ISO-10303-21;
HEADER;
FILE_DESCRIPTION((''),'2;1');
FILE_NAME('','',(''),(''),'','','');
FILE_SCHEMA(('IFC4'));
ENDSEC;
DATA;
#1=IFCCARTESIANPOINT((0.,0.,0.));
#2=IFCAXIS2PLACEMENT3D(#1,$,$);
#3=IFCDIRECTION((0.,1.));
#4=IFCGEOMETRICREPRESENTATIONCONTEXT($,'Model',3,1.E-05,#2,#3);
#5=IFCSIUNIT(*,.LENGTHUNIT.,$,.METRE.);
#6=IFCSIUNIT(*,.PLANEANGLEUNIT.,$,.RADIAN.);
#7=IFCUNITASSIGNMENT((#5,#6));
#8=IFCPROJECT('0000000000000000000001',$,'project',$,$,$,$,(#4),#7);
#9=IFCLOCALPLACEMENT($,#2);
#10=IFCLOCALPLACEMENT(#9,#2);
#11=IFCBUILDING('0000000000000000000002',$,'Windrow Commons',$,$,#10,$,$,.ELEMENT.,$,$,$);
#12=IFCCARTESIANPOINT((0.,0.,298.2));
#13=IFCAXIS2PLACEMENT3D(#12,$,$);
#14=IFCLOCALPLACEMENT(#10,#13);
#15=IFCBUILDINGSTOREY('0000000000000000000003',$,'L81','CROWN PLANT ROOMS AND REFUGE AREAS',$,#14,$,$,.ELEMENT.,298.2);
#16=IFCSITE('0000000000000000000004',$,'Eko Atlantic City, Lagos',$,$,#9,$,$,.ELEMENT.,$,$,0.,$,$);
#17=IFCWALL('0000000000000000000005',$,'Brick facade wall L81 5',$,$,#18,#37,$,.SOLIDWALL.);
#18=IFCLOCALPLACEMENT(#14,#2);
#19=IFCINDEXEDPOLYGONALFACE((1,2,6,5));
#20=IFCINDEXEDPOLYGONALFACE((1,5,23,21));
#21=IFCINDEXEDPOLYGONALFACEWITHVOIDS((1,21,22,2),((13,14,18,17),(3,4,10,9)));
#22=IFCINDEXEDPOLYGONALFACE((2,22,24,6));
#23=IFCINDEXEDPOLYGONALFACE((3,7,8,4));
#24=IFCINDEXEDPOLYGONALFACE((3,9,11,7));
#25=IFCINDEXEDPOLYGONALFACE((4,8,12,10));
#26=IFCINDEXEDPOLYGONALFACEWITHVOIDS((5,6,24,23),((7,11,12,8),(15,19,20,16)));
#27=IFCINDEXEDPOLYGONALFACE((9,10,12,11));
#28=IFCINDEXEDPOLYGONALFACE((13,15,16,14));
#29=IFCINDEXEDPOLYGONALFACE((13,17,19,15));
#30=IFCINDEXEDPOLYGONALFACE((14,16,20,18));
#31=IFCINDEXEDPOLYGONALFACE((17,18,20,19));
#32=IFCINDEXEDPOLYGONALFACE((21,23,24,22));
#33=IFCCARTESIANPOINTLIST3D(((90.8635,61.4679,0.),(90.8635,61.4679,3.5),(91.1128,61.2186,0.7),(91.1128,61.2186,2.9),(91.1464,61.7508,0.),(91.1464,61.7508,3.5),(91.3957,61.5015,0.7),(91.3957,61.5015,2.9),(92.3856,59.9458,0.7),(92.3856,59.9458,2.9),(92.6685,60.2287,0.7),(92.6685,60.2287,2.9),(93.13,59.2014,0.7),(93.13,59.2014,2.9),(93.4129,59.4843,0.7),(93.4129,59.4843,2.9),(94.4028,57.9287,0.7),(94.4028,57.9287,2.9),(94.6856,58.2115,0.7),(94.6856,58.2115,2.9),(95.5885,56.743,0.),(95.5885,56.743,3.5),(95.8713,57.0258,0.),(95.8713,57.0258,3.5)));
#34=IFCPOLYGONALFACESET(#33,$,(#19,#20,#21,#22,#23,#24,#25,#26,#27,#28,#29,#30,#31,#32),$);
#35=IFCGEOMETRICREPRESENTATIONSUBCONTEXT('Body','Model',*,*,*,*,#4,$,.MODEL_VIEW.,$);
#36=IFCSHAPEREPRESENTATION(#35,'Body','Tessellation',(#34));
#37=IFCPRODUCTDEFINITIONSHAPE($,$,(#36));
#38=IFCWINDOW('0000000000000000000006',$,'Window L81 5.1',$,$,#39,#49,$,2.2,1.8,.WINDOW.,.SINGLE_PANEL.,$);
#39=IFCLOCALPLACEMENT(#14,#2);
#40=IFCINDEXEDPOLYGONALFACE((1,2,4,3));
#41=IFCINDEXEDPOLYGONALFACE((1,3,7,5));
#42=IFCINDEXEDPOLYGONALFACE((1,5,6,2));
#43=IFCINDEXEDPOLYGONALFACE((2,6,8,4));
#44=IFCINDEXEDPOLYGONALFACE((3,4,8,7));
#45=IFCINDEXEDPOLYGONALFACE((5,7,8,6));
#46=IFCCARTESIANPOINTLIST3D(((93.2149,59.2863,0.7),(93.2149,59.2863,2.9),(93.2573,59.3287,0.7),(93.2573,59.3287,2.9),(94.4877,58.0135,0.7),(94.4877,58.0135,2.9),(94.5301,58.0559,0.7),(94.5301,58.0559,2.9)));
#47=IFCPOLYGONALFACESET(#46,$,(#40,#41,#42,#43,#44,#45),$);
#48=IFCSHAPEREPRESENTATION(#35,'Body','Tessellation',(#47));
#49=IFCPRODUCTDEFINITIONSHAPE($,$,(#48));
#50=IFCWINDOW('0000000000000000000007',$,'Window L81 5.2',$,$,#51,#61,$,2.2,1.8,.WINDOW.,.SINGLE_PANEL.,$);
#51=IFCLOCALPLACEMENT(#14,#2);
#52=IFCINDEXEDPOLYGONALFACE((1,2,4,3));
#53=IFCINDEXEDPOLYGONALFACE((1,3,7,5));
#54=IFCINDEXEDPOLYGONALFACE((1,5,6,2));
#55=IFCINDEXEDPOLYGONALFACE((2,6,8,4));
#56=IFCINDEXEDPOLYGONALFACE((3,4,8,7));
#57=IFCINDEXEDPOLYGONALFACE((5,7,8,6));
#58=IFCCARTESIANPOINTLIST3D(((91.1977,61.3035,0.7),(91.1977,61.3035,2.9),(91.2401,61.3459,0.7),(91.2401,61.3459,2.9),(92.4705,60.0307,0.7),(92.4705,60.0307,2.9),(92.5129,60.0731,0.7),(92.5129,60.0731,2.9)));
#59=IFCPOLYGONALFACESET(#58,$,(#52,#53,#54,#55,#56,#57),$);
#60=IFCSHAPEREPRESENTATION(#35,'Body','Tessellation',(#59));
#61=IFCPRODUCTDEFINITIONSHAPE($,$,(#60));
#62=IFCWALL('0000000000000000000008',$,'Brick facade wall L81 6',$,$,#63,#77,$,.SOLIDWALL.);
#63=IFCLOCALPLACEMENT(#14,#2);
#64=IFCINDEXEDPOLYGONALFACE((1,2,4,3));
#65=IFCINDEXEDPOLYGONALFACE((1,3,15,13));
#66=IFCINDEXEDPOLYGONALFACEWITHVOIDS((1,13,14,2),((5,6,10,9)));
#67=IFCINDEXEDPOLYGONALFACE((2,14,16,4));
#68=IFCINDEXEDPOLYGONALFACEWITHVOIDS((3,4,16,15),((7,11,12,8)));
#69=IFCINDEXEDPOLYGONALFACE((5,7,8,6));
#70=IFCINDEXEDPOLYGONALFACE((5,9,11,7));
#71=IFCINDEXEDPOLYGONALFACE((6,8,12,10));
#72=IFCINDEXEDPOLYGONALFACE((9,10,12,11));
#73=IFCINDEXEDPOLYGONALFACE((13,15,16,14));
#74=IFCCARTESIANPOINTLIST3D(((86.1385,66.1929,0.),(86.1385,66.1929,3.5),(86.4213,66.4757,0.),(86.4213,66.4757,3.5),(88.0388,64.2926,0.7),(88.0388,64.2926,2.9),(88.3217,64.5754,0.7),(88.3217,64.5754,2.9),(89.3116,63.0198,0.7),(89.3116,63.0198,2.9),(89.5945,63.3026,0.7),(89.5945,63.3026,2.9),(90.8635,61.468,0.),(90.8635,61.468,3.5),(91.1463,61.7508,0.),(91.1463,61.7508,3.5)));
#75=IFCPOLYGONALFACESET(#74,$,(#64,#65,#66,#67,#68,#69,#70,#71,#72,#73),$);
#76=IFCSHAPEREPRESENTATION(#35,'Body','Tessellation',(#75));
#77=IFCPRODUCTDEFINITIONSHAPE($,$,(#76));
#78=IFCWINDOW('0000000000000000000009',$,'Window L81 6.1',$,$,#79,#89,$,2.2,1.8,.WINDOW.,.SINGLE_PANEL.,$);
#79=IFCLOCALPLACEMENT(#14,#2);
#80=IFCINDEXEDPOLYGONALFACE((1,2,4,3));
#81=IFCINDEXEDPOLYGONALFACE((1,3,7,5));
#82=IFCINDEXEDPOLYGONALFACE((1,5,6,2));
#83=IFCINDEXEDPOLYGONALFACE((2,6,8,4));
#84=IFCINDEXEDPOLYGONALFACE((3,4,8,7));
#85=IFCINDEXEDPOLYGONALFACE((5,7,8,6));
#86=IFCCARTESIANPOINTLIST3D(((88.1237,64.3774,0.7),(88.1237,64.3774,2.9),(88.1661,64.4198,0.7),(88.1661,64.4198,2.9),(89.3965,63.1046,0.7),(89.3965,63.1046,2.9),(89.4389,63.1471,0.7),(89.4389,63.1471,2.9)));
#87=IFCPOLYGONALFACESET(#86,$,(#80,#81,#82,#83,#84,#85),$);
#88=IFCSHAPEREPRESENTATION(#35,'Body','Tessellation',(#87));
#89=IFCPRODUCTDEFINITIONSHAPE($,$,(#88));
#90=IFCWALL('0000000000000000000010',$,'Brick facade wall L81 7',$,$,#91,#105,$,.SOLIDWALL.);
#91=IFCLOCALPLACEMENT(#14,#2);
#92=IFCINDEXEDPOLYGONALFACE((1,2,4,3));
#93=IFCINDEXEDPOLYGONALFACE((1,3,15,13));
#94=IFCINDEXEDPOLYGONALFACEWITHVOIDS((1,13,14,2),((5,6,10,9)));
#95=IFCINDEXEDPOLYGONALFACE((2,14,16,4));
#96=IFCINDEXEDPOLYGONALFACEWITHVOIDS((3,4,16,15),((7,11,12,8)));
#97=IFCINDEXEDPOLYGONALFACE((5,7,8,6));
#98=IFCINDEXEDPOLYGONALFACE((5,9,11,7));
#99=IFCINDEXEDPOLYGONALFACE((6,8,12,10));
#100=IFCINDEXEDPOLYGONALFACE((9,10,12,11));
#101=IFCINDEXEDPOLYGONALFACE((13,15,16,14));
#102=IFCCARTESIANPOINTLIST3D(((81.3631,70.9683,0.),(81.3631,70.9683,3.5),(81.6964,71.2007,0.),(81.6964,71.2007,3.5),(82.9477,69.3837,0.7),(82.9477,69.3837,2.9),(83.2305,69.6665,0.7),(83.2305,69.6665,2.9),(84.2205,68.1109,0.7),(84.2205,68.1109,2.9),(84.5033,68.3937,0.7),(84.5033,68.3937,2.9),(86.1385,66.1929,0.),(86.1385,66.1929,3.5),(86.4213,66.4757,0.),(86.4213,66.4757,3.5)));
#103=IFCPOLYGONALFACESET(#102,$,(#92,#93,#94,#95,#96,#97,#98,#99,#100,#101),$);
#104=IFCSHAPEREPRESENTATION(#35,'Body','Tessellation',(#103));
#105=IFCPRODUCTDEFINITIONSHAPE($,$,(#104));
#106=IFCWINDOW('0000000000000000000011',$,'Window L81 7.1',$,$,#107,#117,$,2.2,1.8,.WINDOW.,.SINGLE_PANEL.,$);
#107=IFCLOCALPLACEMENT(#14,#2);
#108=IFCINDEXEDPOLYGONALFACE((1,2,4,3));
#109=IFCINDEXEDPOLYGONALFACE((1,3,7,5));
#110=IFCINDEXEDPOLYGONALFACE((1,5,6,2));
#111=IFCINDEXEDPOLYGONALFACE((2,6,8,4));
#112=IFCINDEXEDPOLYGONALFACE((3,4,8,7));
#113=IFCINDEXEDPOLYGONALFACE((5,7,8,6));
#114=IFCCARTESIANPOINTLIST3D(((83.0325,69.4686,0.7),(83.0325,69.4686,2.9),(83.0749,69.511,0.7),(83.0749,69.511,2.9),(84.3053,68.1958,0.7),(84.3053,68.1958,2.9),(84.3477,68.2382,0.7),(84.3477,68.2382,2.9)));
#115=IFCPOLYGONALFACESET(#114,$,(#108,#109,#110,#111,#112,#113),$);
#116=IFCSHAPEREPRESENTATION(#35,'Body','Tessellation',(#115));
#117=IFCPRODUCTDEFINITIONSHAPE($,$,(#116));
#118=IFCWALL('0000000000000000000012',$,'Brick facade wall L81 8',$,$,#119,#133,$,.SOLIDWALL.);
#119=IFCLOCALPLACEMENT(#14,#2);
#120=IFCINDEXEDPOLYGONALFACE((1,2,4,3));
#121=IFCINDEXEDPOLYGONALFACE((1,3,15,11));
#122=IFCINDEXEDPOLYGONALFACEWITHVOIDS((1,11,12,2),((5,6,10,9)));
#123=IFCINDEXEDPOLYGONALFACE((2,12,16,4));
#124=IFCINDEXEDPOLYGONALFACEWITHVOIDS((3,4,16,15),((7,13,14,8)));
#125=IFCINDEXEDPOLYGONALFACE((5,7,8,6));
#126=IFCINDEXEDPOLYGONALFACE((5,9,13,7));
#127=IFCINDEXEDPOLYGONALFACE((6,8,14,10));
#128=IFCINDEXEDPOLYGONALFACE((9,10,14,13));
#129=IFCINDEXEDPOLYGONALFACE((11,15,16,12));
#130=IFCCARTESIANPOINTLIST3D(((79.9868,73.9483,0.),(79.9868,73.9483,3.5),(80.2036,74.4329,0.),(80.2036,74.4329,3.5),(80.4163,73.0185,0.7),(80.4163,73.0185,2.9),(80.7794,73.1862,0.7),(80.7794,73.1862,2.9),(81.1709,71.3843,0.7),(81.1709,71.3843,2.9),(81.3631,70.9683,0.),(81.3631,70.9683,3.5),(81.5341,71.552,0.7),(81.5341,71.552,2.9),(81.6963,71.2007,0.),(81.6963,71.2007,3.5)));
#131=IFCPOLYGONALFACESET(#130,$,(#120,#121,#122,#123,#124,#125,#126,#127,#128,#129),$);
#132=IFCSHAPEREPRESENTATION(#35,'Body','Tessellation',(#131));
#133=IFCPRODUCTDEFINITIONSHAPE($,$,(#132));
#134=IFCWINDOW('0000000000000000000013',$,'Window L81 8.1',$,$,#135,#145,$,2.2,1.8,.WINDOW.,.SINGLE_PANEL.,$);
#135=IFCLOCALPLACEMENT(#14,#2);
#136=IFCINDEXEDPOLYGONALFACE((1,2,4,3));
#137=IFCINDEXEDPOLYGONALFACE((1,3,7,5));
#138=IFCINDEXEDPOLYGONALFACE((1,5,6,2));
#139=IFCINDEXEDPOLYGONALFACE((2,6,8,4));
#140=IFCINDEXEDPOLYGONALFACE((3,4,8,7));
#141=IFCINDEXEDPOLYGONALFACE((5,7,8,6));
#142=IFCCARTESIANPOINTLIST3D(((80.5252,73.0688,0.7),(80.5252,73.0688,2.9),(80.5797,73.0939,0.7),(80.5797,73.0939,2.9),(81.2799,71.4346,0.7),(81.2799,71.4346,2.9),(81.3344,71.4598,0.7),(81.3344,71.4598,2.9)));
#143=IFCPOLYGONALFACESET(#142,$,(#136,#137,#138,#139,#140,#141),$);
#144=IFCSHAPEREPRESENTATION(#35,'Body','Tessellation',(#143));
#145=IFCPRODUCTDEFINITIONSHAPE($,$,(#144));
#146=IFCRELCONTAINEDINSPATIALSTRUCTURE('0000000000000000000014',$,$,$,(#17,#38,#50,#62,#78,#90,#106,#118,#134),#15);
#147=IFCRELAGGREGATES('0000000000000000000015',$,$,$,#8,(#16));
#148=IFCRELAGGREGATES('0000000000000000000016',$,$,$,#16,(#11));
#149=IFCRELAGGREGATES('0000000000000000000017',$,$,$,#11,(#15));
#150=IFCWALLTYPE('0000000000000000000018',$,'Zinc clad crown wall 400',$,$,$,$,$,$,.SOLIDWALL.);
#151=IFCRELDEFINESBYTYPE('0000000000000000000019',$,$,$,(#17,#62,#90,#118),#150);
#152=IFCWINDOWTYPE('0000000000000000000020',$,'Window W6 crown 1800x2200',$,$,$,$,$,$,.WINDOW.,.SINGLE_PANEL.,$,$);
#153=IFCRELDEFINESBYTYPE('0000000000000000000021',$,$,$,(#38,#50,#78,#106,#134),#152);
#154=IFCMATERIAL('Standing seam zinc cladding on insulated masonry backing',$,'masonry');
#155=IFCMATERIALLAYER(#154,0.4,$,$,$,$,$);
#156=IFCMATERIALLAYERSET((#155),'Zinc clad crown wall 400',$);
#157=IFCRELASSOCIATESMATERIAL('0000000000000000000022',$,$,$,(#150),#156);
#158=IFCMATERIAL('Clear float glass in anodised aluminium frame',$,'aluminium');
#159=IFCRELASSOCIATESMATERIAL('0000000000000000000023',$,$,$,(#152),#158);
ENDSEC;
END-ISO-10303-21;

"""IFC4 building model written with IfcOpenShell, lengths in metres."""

from ifc_helpers import new_model, si_unit, direction, frame, frame_2d, origin, place, context, subcontext, project, spatial, polyline, rectangle, outline, extrude, material, layer, layer_set, type_object, element, fill, save


model = new_model("IFC4")

# Units and contexts
model_context = context("Model", 3, precision=1e-05, world=origin(), true_north=direction((0.0, 1.0)))
body_context = subcontext(model_context, "Body", "Model", "MODEL_VIEW")
ifc_project = project(units=[si_unit("LENGTHUNIT", "METRE"), si_unit("PLANEANGLEUNIT", "RADIAN")], contexts=[model_context])

# Site, building, storey
site_placement = place(None, origin())
site = spatial("IfcSite", under=ifc_project, at=site_placement, Name="Eko Atlantic City, Lagos", CompositionType="ELEMENT", RefElevation=0.0)
building_placement = place(site_placement, origin())
building = spatial("IfcBuilding", under=site, at=building_placement, Name="Windrow Commons", CompositionType="ELEMENT")
storey_placement = place(building_placement, frame((0.0, 0.0, 298.2)))
storey = spatial("IfcBuildingStorey", under=building, at=storey_placement, Name="L81", Description="CROWN PLANT ROOMS AND REFUGE AREAS", CompositionType="ELEMENT", Elevation=298.2)

# Wall, openings, windows
ifc_material_1 = material(Name="Standing seam zinc cladding on insulated masonry backing", Category="masonry")
ifc_layer_1 = layer(ifc_material_1, 0.4)
ifc_layer_set_1 = layer_set([ifc_layer_1], Name="Zinc clad crown wall 400")
wall_type_1 = type_object("IfcWallType", Name="Zinc clad crown wall 400", PredefinedType="SOLIDWALL", material=ifc_layer_set_1)
wall_1_placement = place(storey_placement, frame((95.7299, 56.8844, 0.0), z_axis=(0.0, 0.0, 1.0), x_axis=(-0.707107, 0.707107, 0.0)))
wall_1 = element("IfcWall", 1, at=wall_1_placement, inside=storey, type_object=wall_type_1, Name="Brick facade wall L81 5", PredefinedType="SOLIDWALL", context=body_context, shape_type="SweptSolid", body=[
    extrude(outline(polyline([(0.0, -0.2), (6.6821, -0.2), (6.6821, 0.2), (0.0, 0.2), (0.0, -0.2)])), origin(), (0.0, 0.0, 1.0), 3.5),
])
opening_1_placement = place(wall_1_placement, frame((1.6768, 0.0, 0.7)))
opening_1 = element("IfcOpeningElement", 2, at=opening_1_placement, cuts=wall_1, PredefinedType="OPENING", context=body_context, shape_type="SweptSolid", body=[
    extrude(rectangle(XDim=1.8, YDim=2.2, at=frame_2d((0.9, 1.1))), frame((0.0, 0.21, 0.0), z_axis=(0.0, -1.0, 0.0), x_axis=(1.0, 0.0, 0.0)), (0.0, 0.0, 1.0), 0.42),
])
opening_2_placement = place(wall_1_placement, frame((4.5295, 0.0, 0.7)))
opening_2 = element("IfcOpeningElement", 3, at=opening_2_placement, cuts=wall_1, PredefinedType="OPENING", context=body_context, shape_type="SweptSolid", body=[
    extrude(rectangle(XDim=1.8, YDim=2.2, at=frame_2d((0.9, 1.1))), frame((0.0, 0.21, 0.0), z_axis=(0.0, -1.0, 0.0), x_axis=(1.0, 0.0, 0.0)), (0.0, 0.0, 1.0), 0.42),
])
ifc_material_2 = material(Name="Clear float glass in anodised aluminium frame", Category="aluminium")
window_type = type_object("IfcWindowType", Name="Window W6 crown 1800x2200", PartitioningType="SINGLE_PANEL", PredefinedType="WINDOW", material=ifc_material_2)
window_1_placement = place(opening_1_placement, origin())
window_1 = element("IfcWindow", 4, at=window_1_placement, inside=storey, type_object=window_type, Name="Window L81 5.1", OverallHeight=2.2, OverallWidth=1.8, PartitioningType="SINGLE_PANEL", PredefinedType="WINDOW", context=body_context, shape_type="SweptSolid", body=[
    extrude(rectangle(XDim=1.8, YDim=2.2, at=frame_2d((0.9, 1.1))), frame((0.0, 0.08, 0.0), z_axis=(0.0, -1.0, 0.0), x_axis=(1.0, 0.0, 0.0)), (0.0, 0.0, 1.0), 0.06),
])
fill(opening_1, window_1)
window_2_placement = place(opening_2_placement, origin())
window_2 = element("IfcWindow", 5, at=window_2_placement, inside=storey, type_object=window_type, Name="Window L81 5.2", OverallHeight=2.2, OverallWidth=1.8, PartitioningType="SINGLE_PANEL", PredefinedType="WINDOW", context=body_context, shape_type="SweptSolid", body=[
    extrude(rectangle(XDim=1.8, YDim=2.2, at=frame_2d((0.9, 1.1))), frame((0.0, 0.08, 0.0), z_axis=(0.0, -1.0, 0.0), x_axis=(1.0, 0.0, 0.0)), (0.0, 0.0, 1.0), 0.06),
])
fill(opening_2, window_2)

# Walls, openings, windows
wall_2_placement = place(storey_placement, frame((91.0049, 61.6094, 0.0), z_axis=(0.0, 0.0, 1.0), x_axis=(-0.707114, 0.707099, 0.0)))
wall_2 = element("IfcWall", 6, at=wall_2_placement, inside=storey, type_object=wall_type_1, Name="Brick facade wall L81 6", PredefinedType="SOLIDWALL", context=body_context, shape_type="SweptSolid", body=[
    extrude(outline(polyline([(0.0, -0.2), (6.6821, -0.2), (6.6821, 0.2), (0.0, 0.2), (0.0, -0.2)])), origin(), (0.0, 0.0, 1.0), 3.5),
])
opening_3_placement = place(wall_2_placement, frame((2.1946, 0.0, 0.7)))
opening_3 = element("IfcOpeningElement", 7, at=opening_3_placement, cuts=wall_2, PredefinedType="OPENING", context=body_context, shape_type="SweptSolid", body=[
    extrude(rectangle(XDim=1.8, YDim=2.2, at=frame_2d((0.9, 1.1))), frame((0.0, 0.21, 0.0), z_axis=(0.0, -1.0, 0.0), x_axis=(1.0, 0.0, 0.0)), (0.0, 0.0, 1.0), 0.42),
])
window_3_placement = place(opening_3_placement, origin())
window_3 = element("IfcWindow", 8, at=window_3_placement, inside=storey, type_object=window_type, Name="Window L81 6.1", OverallHeight=2.2, OverallWidth=1.8, PartitioningType="SINGLE_PANEL", PredefinedType="WINDOW", context=body_context, shape_type="SweptSolid", body=[
    extrude(rectangle(XDim=1.8, YDim=2.2, at=frame_2d((0.9, 1.1))), frame((0.0, 0.08, 0.0), z_axis=(0.0, -1.0, 0.0), x_axis=(1.0, 0.0, 0.0)), (0.0, 0.0, 1.0), 0.06),
])
fill(opening_3, window_3)
wall_3_placement = place(storey_placement, frame((86.2799, 66.3343, 0.0), z_axis=(0.0, 0.0, 1.0), x_axis=(-0.707107, 0.707107, 0.0)))
wall_3 = element("IfcWall", 9, at=wall_3_placement, inside=storey, type_object=wall_type_1, Name="Brick facade wall L81 7", PredefinedType="SOLIDWALL", context=body_context, shape_type="SweptSolid", body=[
    extrude(outline(polyline([(0.0, -0.2), (6.6821, -0.2), (6.7534, 0.2), (0.0, 0.2), (0.0, -0.2)])), origin(), (0.0, 0.0, 1.0), 3.5),
])
opening_4_placement = place(wall_3_placement, frame((2.7125, 0.0, 0.7)))
opening_4 = element("IfcOpeningElement", 10, at=opening_4_placement, cuts=wall_3, PredefinedType="OPENING", context=body_context, shape_type="SweptSolid", body=[
    extrude(rectangle(XDim=1.8, YDim=2.2, at=frame_2d((0.9, 1.1))), frame((0.0, 0.21, 0.0), z_axis=(0.0, -1.0, 0.0), x_axis=(1.0, 0.0, 0.0)), (0.0, 0.0, 1.0), 0.42),
])
window_4_placement = place(opening_4_placement, origin())
window_4 = element("IfcWindow", 11, at=window_4_placement, inside=storey, type_object=window_type, Name="Window L81 7.1", OverallHeight=2.2, OverallWidth=1.8, PartitioningType="SINGLE_PANEL", PredefinedType="WINDOW", context=body_context, shape_type="SweptSolid", body=[
    extrude(rectangle(XDim=1.8, YDim=2.2, at=frame_2d((0.9, 1.1))), frame((0.0, 0.08, 0.0), z_axis=(0.0, -1.0, 0.0), x_axis=(1.0, 0.0, 0.0)), (0.0, 0.0, 1.0), 0.06),
])
fill(opening_4, window_4)
wall_4_placement = place(storey_placement, frame((81.5297, 71.0845, 0.0), z_axis=(0.0, 0.0, 1.0), x_axis=(-0.419268, 0.907863, 0.0)))
wall_4 = element("IfcWall", 12, at=wall_4_placement, inside=storey, type_object=wall_type_1, Name="Brick facade wall L81 8", PredefinedType="SOLIDWALL", context=body_context, shape_type="SweptSolid", body=[
    extrude(outline(polyline([(0.0356, -0.2), (3.5959, -0.2), (3.2468, 0.2), (-0.0356, 0.2), (0.0356, -0.2)])), origin(), (0.0, 0.0, 1.0), 3.5),
])
opening_5_placement = place(wall_4_placement, frame((0.4226, 0.0, 0.7)))
opening_5 = element("IfcOpeningElement", 13, at=opening_5_placement, cuts=wall_4, PredefinedType="OPENING", context=body_context, shape_type="SweptSolid", body=[
    extrude(rectangle(XDim=1.8, YDim=2.2, at=frame_2d((0.9, 1.1))), frame((0.0, 0.21, 0.0), z_axis=(0.0, -1.0, 0.0), x_axis=(1.0, 0.0, 0.0)), (0.0, 0.0, 1.0), 0.42),
])
window_5_placement = place(opening_5_placement, origin())
window_5 = element("IfcWindow", 14, at=window_5_placement, inside=storey, type_object=window_type, Name="Window L81 8.1", OverallHeight=2.2, OverallWidth=1.8, PartitioningType="SINGLE_PANEL", PredefinedType="WINDOW", context=body_context, shape_type="SweptSolid", body=[
    extrude(rectangle(XDim=1.8, YDim=2.2, at=frame_2d((0.9, 1.1))), frame((0.0, 0.08, 0.0), z_axis=(0.0, -1.0, 0.0), x_axis=(1.0, 0.0, 0.0)), (0.0, 0.0, 1.0), 0.06),
])
fill(opening_5, window_5)

save(model, "model.ifc")
